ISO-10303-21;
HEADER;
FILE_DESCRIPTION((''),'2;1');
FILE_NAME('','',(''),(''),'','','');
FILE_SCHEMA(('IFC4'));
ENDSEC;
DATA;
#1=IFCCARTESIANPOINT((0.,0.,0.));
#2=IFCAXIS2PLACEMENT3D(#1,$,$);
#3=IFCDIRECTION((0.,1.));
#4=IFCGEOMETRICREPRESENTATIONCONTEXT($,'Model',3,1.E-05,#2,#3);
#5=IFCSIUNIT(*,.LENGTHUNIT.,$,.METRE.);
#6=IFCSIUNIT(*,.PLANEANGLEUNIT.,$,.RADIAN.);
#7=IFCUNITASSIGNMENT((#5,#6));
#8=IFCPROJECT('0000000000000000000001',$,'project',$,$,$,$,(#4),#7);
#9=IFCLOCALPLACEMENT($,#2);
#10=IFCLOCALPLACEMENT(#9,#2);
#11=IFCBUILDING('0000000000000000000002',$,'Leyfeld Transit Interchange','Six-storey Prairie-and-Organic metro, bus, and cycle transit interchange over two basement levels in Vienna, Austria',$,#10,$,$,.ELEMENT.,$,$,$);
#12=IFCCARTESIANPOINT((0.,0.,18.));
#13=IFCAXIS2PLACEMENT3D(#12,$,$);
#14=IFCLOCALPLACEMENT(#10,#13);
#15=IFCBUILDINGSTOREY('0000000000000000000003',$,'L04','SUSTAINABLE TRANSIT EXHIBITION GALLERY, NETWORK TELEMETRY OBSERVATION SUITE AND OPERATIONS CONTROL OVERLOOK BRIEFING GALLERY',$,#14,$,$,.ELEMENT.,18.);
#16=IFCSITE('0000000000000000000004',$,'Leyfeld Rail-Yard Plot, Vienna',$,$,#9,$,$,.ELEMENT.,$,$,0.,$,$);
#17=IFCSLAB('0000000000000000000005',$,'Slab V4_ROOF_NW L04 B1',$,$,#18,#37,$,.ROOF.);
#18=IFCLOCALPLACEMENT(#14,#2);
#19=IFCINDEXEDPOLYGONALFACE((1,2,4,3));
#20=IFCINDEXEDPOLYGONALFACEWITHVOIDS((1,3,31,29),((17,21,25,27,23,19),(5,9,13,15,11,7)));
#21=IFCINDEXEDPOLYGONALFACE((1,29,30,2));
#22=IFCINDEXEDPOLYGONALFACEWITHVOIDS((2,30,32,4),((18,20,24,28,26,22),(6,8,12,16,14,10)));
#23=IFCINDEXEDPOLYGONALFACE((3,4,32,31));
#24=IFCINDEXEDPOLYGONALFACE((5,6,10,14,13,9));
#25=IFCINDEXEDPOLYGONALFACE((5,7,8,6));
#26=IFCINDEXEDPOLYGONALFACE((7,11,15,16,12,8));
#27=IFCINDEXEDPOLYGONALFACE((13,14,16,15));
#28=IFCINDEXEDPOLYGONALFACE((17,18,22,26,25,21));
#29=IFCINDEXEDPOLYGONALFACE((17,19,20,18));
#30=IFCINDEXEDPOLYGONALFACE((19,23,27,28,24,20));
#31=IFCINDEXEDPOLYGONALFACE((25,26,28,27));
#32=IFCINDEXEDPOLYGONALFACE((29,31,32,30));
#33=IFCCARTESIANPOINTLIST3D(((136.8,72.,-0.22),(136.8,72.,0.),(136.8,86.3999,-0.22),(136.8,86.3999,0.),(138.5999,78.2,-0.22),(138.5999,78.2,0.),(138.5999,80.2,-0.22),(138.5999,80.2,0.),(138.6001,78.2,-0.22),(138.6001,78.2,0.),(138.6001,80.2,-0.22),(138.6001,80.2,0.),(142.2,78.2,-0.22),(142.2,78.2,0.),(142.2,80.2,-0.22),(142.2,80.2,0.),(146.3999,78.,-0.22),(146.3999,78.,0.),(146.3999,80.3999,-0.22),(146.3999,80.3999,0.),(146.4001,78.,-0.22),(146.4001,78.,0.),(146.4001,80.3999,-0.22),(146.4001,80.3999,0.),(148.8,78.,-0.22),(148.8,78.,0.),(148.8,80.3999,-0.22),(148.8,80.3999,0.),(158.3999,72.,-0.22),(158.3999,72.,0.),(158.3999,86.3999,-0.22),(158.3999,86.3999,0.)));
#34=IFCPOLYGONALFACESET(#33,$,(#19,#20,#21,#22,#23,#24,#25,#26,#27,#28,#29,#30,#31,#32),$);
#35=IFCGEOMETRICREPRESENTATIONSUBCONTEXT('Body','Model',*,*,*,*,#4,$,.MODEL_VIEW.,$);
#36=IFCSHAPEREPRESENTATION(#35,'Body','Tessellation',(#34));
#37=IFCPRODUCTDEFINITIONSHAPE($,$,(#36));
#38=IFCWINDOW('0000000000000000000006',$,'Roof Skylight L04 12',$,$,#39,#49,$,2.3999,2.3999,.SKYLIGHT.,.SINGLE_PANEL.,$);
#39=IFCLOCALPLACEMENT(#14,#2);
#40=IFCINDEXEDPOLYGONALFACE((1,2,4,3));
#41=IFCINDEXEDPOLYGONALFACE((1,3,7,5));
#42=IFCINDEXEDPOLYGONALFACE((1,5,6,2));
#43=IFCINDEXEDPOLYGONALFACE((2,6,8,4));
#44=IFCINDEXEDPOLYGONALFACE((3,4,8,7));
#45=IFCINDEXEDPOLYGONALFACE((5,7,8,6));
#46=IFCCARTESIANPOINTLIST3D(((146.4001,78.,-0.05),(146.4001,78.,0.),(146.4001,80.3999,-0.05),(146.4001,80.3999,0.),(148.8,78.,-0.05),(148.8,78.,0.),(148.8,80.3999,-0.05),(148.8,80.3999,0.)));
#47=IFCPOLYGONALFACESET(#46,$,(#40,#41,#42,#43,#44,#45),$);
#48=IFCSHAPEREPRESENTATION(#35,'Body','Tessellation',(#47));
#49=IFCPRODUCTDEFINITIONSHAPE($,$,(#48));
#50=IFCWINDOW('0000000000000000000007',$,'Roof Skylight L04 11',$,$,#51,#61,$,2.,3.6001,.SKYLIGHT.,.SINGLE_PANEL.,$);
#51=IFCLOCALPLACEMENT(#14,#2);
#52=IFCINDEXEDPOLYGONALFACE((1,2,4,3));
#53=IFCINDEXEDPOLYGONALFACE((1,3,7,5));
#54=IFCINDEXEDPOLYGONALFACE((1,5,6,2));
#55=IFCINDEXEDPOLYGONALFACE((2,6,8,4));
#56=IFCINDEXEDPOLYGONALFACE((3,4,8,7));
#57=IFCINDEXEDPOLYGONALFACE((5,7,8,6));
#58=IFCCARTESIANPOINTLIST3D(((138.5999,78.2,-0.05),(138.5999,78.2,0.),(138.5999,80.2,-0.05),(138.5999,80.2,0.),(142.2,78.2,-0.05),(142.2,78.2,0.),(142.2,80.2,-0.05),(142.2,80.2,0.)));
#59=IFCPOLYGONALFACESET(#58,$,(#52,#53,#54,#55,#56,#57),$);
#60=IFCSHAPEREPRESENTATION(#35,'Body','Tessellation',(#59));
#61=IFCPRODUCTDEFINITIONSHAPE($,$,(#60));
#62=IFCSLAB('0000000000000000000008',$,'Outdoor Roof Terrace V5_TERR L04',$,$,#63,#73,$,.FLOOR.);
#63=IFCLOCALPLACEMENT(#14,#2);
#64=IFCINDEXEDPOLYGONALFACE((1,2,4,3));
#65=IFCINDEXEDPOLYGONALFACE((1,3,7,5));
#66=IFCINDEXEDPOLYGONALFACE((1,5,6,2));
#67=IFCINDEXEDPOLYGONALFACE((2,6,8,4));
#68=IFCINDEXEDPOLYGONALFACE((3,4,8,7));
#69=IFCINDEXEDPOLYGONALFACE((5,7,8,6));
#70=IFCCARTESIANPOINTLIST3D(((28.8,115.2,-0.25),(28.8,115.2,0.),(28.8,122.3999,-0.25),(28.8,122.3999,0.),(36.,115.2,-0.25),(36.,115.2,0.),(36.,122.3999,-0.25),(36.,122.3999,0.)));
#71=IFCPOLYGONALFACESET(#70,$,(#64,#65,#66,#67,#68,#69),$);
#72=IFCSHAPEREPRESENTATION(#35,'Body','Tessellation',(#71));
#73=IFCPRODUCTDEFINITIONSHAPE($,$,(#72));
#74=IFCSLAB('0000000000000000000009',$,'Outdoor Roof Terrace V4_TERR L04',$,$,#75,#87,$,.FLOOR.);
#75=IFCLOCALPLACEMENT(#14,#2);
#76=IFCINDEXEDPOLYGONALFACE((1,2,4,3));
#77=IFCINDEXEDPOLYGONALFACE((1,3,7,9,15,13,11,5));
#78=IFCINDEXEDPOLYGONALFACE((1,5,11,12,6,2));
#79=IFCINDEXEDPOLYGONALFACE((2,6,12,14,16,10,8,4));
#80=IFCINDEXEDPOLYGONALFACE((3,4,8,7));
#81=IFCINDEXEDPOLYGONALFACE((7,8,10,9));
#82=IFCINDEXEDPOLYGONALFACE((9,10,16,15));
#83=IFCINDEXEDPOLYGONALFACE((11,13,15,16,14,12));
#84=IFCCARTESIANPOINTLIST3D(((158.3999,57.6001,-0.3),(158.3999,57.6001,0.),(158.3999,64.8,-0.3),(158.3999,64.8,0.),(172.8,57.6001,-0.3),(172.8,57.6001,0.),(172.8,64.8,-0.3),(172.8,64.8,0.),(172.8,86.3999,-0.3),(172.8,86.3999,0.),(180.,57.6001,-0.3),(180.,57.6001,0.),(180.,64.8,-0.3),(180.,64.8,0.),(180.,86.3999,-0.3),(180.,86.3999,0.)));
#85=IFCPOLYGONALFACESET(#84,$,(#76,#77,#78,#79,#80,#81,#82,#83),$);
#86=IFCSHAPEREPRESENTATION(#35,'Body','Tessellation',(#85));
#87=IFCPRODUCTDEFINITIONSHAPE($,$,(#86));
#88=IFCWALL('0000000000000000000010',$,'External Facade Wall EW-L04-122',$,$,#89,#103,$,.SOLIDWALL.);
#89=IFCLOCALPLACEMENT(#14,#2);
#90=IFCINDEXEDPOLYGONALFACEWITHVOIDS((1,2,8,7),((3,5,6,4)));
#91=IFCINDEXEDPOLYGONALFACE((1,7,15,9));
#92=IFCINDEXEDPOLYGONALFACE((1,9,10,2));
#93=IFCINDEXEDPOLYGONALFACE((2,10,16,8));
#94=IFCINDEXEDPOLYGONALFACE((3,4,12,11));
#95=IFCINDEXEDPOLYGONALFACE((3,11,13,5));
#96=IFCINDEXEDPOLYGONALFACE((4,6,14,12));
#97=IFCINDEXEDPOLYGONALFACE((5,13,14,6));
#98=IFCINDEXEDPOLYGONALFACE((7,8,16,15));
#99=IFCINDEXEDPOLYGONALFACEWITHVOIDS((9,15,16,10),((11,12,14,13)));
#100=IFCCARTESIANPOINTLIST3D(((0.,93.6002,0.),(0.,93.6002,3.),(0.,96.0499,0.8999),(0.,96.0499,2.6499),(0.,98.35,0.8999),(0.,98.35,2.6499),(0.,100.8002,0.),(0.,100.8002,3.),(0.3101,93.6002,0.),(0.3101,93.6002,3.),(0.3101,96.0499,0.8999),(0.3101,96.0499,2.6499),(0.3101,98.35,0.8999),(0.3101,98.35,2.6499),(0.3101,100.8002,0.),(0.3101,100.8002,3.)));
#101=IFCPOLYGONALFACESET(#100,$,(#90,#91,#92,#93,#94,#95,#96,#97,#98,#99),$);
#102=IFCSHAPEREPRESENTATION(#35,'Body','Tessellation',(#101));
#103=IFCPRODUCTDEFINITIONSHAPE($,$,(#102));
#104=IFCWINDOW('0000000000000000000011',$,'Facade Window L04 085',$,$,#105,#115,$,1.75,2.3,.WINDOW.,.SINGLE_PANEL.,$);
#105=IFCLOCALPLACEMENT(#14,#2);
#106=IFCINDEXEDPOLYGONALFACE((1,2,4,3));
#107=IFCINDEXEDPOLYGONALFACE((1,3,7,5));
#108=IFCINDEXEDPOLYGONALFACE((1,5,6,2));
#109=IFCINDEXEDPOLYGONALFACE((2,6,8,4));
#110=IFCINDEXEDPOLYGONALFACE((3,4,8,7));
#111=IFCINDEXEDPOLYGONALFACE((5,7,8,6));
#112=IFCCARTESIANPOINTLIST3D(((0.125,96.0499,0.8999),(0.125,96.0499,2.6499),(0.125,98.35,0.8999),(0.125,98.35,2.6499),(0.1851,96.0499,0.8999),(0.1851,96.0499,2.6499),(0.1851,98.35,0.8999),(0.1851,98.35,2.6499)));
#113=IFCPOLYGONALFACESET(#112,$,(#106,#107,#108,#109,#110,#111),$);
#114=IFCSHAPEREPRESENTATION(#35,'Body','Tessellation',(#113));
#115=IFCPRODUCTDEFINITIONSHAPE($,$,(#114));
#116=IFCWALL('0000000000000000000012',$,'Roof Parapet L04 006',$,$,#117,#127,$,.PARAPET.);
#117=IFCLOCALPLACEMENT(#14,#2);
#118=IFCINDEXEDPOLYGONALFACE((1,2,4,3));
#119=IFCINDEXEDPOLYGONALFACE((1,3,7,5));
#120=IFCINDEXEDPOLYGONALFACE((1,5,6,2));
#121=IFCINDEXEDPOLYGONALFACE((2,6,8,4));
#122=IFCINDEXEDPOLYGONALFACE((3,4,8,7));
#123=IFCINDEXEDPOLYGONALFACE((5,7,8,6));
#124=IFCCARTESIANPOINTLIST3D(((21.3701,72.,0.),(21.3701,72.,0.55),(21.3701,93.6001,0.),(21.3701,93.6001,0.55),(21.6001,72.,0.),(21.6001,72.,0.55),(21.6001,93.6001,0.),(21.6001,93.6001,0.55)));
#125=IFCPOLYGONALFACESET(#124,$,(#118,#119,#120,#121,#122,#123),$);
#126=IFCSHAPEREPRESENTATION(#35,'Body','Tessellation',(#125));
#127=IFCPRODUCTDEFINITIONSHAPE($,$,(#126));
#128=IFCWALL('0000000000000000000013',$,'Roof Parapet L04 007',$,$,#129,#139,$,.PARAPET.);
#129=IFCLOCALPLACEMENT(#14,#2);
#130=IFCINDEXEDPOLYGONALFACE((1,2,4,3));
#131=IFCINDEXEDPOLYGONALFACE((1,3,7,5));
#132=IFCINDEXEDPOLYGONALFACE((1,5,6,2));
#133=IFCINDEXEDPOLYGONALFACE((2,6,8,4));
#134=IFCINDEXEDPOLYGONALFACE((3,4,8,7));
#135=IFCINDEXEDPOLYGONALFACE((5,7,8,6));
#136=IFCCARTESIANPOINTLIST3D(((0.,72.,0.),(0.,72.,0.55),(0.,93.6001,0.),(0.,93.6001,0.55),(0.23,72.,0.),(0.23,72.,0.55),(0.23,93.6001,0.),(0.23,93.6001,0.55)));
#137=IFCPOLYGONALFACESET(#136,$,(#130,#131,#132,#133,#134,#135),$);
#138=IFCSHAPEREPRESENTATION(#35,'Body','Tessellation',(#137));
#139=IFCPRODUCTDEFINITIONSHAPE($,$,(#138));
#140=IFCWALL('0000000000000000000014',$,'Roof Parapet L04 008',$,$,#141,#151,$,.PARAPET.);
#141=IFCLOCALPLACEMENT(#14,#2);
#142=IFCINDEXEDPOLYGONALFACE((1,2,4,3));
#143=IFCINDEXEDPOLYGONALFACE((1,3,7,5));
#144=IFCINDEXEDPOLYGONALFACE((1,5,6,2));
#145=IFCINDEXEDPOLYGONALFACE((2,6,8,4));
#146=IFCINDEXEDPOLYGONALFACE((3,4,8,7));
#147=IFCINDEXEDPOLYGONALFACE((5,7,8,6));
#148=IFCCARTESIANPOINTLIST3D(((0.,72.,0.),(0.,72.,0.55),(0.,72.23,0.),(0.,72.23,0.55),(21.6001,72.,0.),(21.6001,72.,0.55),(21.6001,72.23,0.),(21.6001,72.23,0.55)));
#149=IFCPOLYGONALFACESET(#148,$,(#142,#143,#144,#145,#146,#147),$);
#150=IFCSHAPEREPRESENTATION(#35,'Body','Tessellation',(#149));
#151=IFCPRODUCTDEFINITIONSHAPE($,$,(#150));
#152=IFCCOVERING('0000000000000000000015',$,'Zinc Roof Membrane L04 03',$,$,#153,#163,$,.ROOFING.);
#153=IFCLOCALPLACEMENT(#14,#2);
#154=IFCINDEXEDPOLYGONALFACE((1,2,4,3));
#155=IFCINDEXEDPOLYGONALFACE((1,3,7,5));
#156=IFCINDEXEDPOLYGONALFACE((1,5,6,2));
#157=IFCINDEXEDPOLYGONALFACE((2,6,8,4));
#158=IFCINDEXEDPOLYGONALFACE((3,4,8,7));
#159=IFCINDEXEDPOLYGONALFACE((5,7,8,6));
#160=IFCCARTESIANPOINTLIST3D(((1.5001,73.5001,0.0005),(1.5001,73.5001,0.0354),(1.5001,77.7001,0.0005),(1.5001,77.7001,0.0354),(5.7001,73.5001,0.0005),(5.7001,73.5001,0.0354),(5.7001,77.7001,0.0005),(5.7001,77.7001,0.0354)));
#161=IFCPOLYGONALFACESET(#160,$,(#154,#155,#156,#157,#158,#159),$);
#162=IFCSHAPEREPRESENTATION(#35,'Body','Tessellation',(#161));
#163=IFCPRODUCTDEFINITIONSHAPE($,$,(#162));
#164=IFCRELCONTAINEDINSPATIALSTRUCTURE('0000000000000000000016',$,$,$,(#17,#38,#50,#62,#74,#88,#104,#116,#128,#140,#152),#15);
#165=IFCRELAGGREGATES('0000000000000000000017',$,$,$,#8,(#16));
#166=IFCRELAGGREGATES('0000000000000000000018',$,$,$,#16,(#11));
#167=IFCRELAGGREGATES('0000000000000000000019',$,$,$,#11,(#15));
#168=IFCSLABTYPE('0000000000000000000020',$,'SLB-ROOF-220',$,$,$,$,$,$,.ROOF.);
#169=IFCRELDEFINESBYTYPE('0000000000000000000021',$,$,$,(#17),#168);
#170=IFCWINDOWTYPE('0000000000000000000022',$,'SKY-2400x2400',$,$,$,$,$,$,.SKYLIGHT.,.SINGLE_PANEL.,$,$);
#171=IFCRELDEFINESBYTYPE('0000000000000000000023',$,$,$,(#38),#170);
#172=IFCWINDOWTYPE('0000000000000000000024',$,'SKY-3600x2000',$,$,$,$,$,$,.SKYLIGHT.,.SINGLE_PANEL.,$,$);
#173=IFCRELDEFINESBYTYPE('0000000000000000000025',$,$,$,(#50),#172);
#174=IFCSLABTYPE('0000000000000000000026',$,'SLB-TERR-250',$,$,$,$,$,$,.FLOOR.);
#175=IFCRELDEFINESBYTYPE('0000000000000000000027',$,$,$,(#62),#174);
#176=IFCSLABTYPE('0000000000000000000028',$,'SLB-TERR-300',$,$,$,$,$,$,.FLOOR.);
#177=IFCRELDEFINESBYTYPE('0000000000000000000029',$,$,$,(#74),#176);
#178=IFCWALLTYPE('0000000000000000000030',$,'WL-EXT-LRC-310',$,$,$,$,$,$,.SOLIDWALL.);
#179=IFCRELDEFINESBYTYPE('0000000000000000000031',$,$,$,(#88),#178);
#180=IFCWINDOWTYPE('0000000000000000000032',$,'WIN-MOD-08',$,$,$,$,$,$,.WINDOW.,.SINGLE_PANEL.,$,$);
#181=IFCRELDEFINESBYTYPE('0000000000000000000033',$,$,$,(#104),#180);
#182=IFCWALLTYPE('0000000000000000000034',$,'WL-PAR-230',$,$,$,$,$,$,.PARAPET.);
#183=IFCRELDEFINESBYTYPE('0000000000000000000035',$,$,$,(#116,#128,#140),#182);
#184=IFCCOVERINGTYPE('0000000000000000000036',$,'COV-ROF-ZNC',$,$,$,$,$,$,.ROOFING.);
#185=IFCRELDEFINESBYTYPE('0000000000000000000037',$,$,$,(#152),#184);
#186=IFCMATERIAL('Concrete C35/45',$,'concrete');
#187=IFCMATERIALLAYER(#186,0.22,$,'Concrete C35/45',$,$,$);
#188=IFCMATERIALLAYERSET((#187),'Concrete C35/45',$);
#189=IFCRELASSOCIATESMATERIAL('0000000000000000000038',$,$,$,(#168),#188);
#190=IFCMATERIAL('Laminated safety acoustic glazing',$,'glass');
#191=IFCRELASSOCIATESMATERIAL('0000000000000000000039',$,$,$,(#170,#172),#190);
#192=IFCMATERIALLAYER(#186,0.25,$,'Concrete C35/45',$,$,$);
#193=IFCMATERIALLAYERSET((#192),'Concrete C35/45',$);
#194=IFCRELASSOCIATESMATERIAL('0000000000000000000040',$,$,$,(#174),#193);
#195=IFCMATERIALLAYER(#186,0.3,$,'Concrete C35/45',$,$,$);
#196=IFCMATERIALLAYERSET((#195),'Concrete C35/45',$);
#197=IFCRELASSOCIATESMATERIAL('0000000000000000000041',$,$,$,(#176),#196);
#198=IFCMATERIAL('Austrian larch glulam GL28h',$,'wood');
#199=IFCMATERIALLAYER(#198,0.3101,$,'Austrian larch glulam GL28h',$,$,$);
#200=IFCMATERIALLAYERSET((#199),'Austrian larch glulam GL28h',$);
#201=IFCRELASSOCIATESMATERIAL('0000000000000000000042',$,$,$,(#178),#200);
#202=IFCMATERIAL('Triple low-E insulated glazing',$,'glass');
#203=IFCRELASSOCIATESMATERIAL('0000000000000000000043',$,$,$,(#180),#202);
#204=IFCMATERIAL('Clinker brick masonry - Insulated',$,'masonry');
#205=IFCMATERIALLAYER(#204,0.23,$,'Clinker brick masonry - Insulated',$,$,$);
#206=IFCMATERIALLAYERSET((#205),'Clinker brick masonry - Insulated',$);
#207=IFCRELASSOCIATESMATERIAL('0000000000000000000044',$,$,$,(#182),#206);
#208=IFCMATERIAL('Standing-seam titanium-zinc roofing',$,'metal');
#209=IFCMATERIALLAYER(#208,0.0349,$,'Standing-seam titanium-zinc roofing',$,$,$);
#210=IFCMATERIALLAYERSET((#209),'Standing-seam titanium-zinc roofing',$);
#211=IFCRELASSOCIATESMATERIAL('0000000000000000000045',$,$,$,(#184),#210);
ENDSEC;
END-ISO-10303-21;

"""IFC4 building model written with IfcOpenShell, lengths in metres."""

from ifc_helpers import new_model, si_unit, direction, frame, frame_2d, origin, origin_2d, place, context, subcontext, project, spatial, polyline, rectangle, outline, extrude, material, layer, layer_set, type_object, element, fill, save


model = new_model("IFC4")

# Units and contexts
model_context = context("Model", 3, precision=1e-05, world=origin(), true_north=direction((0.0, 1.0)))
body_context = subcontext(model_context, "Body", "Model", "MODEL_VIEW")
ifc_project = project(units=[si_unit("LENGTHUNIT", "METRE"), si_unit("PLANEANGLEUNIT", "RADIAN")], contexts=[model_context])

# Site, building, storey
site_placement = place(None, origin())
site = spatial("IfcSite", under=ifc_project, at=site_placement, Name="Leyfeld Rail-Yard Plot, Vienna", CompositionType="ELEMENT", RefElevation=0.0)
building_placement = place(site_placement, origin())
building = spatial("IfcBuilding", under=site, at=building_placement, Name="Leyfeld Transit Interchange", Description="Six-storey Prairie-and-Organic metro, bus, and cycle transit interchange over two basement levels in Vienna, Austria", CompositionType="ELEMENT")
storey_placement = place(building_placement, frame((0.0, 0.0, 18.0)))
storey = spatial("IfcBuildingStorey", under=building, at=storey_placement, Name="L04", Description="SUSTAINABLE TRANSIT EXHIBITION GALLERY, NETWORK TELEMETRY OBSERVATION SUITE AND OPERATIONS CONTROL OVERLOOK BRIEFING GALLERY", CompositionType="ELEMENT", Elevation=18.0)

# Shared definitions
ifc_material_1 = material(Name="Concrete C35/45", Category="concrete")

# Shared definitions
ifc_layer_1 = layer(ifc_material_1, 0.22, Name="Concrete C35/45")
ifc_layer_set_1 = layer_set([ifc_layer_1], Name="Concrete C35/45")
slab_type_1 = type_object("IfcSlabType", Name="SLB-ROOF-220", PredefinedType="ROOF", material=ifc_layer_set_1)
ifc_material_2 = material(Name="Laminated safety acoustic glazing", Category="glass")

# Slab, openings, windows
slab_1_placement = place(storey_placement, frame((0.0, 0.0, -0.22)))
slab_1 = element("IfcSlab", 1, at=slab_1_placement, inside=storey, type_object=slab_type_1, Name="Slab V4_ROOF_NW L04 B1", PredefinedType="ROOF", context=body_context, shape_type="SweptSolid", body=[
    extrude(outline(polyline([(158.3999, 86.3999), (136.8, 86.3999), (136.8, 72.0), (158.3999, 72.0), (158.3999, 86.3999)]), holes=[polyline([(142.2, 78.2), (138.6001, 78.2), (138.6001, 80.2), (142.2, 80.2), (142.2, 78.2)]), polyline([(148.8, 78.0), (146.3999, 78.0), (146.3999, 80.3999), (148.8, 80.3999), (148.8, 78.0)])]), origin(), (0.0, 0.0, 1.0), 0.22),
])
opening_1_placement = place(slab_1_placement, frame((140.3999, 79.2, 0.0)))
opening_1 = element("IfcOpeningElement", 2, at=opening_1_placement, cuts=slab_1, PredefinedType="OPENING", context=body_context, shape_type="SweptSolid", body=[
    extrude(rectangle(XDim=3.6001, YDim=2.0, at=origin_2d()), frame((0.0, 0.0, -0.01)), (0.0, 0.0, 1.0), 0.24),
])
opening_2_placement = place(slab_1_placement, frame((147.6001, 79.2, 0.0)))
opening_2 = element("IfcOpeningElement", 3, at=opening_2_placement, cuts=slab_1, PredefinedType="OPENING", context=body_context, shape_type="SweptSolid", body=[
    extrude(rectangle(XDim=2.3999, YDim=2.3999, at=origin_2d()), frame((0.0, 0.0, -0.01)), (0.0, 0.0, 1.0), 0.24),
])
window_type_1 = type_object("IfcWindowType", Name="SKY-2400x2400", PartitioningType="SINGLE_PANEL", PredefinedType="SKYLIGHT", material=ifc_material_2)
window_1_placement = place(opening_2_placement, frame((0.0, 0.0, 0.1699)))
window_1 = element("IfcWindow", 4, at=window_1_placement, inside=storey, type_object=window_type_1, Name="Roof Skylight L04 12", OverallHeight=2.3999, OverallWidth=2.3999, PartitioningType="SINGLE_PANEL", PredefinedType="SKYLIGHT", context=body_context, shape_type="SweptSolid", body=[
    extrude(rectangle(XDim=2.3999, YDim=2.3999, at=origin_2d()), origin(), (0.0, 0.0, 1.0), 0.05),
])
fill(opening_2, window_1)
window_type_2 = type_object("IfcWindowType", Name="SKY-3600x2000", PartitioningType="SINGLE_PANEL", PredefinedType="SKYLIGHT", material=ifc_material_2)
window_2_placement = place(opening_1_placement, frame((0.0, 0.0, 0.1699)))
window_2 = element("IfcWindow", 5, at=window_2_placement, inside=storey, type_object=window_type_2, Name="Roof Skylight L04 11", OverallHeight=2.0, OverallWidth=3.6001, PartitioningType="SINGLE_PANEL", PredefinedType="SKYLIGHT", context=body_context, shape_type="SweptSolid", body=[
    extrude(rectangle(XDim=3.6001, YDim=2.0, at=origin_2d()), origin(), (0.0, 0.0, 1.0), 0.05),
])
fill(opening_1, window_2)

# Slabs
ifc_layer_2 = layer(ifc_material_1, 0.25, Name="Concrete C35/45")
ifc_layer_set_2 = layer_set([ifc_layer_2], Name="Concrete C35/45")
slab_type_2 = type_object("IfcSlabType", Name="SLB-TERR-250", PredefinedType="FLOOR", material=ifc_layer_set_2)
slab_2_placement = place(storey_placement, frame((0.0, 0.0, -0.25)))
element("IfcSlab", 6, at=slab_2_placement, inside=storey, type_object=slab_type_2, Name="Outdoor Roof Terrace V5_TERR L04", PredefinedType="FLOOR", context=body_context, shape_type="SweptSolid", body=[
    extrude(outline(polyline([(36.0, 122.3999), (28.8, 122.3999), (28.8, 115.2), (36.0, 115.2), (36.0, 122.3999)])), origin(), (0.0, 0.0, 1.0), 0.25),
])
ifc_layer_3 = layer(ifc_material_1, 0.3, Name="Concrete C35/45")
ifc_layer_set_3 = layer_set([ifc_layer_3], Name="Concrete C35/45")
slab_type_3 = type_object("IfcSlabType", Name="SLB-TERR-300", PredefinedType="FLOOR", material=ifc_layer_set_3)
slab_3_placement = place(storey_placement, frame((0.0, 0.0, -0.3)))
element("IfcSlab", 7, at=slab_3_placement, inside=storey, type_object=slab_type_3, Name="Outdoor Roof Terrace V4_TERR L04", PredefinedType="FLOOR", context=body_context, shape_type="SweptSolid", body=[
    extrude(outline(polyline([(180.0, 57.6001), (180.0, 64.8), (180.0, 86.3999), (172.8, 86.3999), (172.8, 64.8), (158.3999, 64.8), (158.3999, 57.6001), (172.8, 57.6001), (180.0, 57.6001)])), origin(), (0.0, 0.0, 1.0), 0.3),
])

# Wall, opening, window
ifc_material_3 = material(Name="Austrian larch glulam GL28h", Category="wood")
ifc_layer_4 = layer(ifc_material_3, 0.3101, Name="Austrian larch glulam GL28h")
ifc_layer_set_4 = layer_set([ifc_layer_4], Name="Austrian larch glulam GL28h")
wall_type_1 = type_object("IfcWallType", Name="WL-EXT-LRC-310", PredefinedType="SOLIDWALL", material=ifc_layer_set_4)
wall_placement = place(storey_placement, frame((0.155, 93.6001, 0.0), z_axis=(0.0, 0.0, 1.0), x_axis=(0.0, 1.0, 0.0)))
wall = element("IfcWall", 8, at=wall_placement, inside=storey, type_object=wall_type_1, Name="External Facade Wall EW-L04-122", PredefinedType="SOLIDWALL", context=body_context, shape_type="SweptSolid", body=[
    extrude(rectangle(XDim=7.2, YDim=0.3101, at=frame_2d((3.6001, 0.0))), origin(), (0.0, 0.0, 1.0), 3.0),
])
opening_3_placement = place(wall_placement, frame((2.45, 0.0, 0.8999)))
opening_3 = element("IfcOpeningElement", 9, at=opening_3_placement, cuts=wall, PredefinedType="OPENING", context=body_context, shape_type="SweptSolid", body=[
    extrude(rectangle(XDim=2.3, YDim=1.75, at=frame_2d((1.1499, 0.875))), frame((0.0, 0.165, 0.0), z_axis=(0.0, -1.0, 0.0), x_axis=(1.0, 0.0, 0.0)), (0.0, 0.0, 1.0), 0.3301),
])
ifc_material_4 = material(Name="Triple low-E insulated glazing", Category="glass")
window_type_3 = type_object("IfcWindowType", Name="WIN-MOD-08", PartitioningType="SINGLE_PANEL", PredefinedType="WINDOW", material=ifc_material_4)
window_3_placement = place(opening_3_placement, origin())
window_3 = element("IfcWindow", 10, at=window_3_placement, inside=storey, type_object=window_type_3, Name="Facade Window L04 085", OverallHeight=1.75, OverallWidth=2.3, PartitioningType="SINGLE_PANEL", PredefinedType="WINDOW", context=body_context, shape_type="SweptSolid", body=[
    extrude(rectangle(XDim=2.3, YDim=1.75, at=frame_2d((1.1499, 0.875))), frame((0.0, 0.03, 0.0), z_axis=(0.0, -1.0, 0.0), x_axis=(1.0, 0.0, 0.0)), (0.0, 0.0, 1.0), 0.0601),
])
fill(opening_3, window_3)

# Walls
ifc_material_5 = material(Name="Clinker brick masonry - Insulated", Category="masonry")
ifc_layer_5 = layer(ifc_material_5, 0.23, Name="Clinker brick masonry - Insulated")
ifc_layer_set_5 = layer_set([ifc_layer_5], Name="Clinker brick masonry - Insulated")
wall_type_2 = type_object("IfcWallType", Name="WL-PAR-230", PredefinedType="PARAPET", material=ifc_layer_set_5)
for number, where, z_axis, x_axis, name in (
    (11, (21.4851, 72.0, 0.0), (0.0, 0.0, 1.0), (0.0, 1.0, 0.0), "Roof Parapet L04 006"),
    (12, (0.115, 93.6001, 0.0), (0.0, 0.0, 1.0), (0.0, -1.0, 0.0), "Roof Parapet L04 007"),
    (13, (0.0, 72.115, 0.0), (0.0, 0.0, 1.0), (1.0, 0.0, 0.0), "Roof Parapet L04 008"),
):
    element("IfcWall", number, at=place(storey_placement, frame(where, z_axis=z_axis, x_axis=x_axis)), inside=storey, type_object=wall_type_2, Name=name, PredefinedType="PARAPET", context=body_context, shape_type="SweptSolid", body=[
        extrude(rectangle(XDim=21.6001, YDim=0.23, at=frame_2d((10.8, 0.0))), origin(), (0.0, 0.0, 1.0), 0.55),
    ])

# Covering
ifc_material_6 = material(Name="Standing-seam titanium-zinc roofing", Category="metal")
ifc_layer_6 = layer(ifc_material_6, 0.0349, Name="Standing-seam titanium-zinc roofing")
ifc_layer_set_6 = layer_set([ifc_layer_6], Name="Standing-seam titanium-zinc roofing")
covering_type = type_object("IfcCoveringType", Name="COV-ROF-ZNC", PredefinedType="ROOFING", material=ifc_layer_set_6)
covering_placement = place(storey_placement, frame((3.6001, 75.6001, 0.0005), z_axis=(0.0, 0.0, 1.0), x_axis=(1.0, 0.0, 0.0)))
element("IfcCovering", 14, at=covering_placement, inside=storey, type_object=covering_type, Name="Zinc Roof Membrane L04 03", PredefinedType="ROOFING", context=body_context, shape_type="SweptSolid", body=[
    extrude(rectangle(XDim=4.2, YDim=4.2, at=origin_2d()), origin(), (0.0, 0.0, 1.0), 0.0349),
])

save(model, "model.ifc")
